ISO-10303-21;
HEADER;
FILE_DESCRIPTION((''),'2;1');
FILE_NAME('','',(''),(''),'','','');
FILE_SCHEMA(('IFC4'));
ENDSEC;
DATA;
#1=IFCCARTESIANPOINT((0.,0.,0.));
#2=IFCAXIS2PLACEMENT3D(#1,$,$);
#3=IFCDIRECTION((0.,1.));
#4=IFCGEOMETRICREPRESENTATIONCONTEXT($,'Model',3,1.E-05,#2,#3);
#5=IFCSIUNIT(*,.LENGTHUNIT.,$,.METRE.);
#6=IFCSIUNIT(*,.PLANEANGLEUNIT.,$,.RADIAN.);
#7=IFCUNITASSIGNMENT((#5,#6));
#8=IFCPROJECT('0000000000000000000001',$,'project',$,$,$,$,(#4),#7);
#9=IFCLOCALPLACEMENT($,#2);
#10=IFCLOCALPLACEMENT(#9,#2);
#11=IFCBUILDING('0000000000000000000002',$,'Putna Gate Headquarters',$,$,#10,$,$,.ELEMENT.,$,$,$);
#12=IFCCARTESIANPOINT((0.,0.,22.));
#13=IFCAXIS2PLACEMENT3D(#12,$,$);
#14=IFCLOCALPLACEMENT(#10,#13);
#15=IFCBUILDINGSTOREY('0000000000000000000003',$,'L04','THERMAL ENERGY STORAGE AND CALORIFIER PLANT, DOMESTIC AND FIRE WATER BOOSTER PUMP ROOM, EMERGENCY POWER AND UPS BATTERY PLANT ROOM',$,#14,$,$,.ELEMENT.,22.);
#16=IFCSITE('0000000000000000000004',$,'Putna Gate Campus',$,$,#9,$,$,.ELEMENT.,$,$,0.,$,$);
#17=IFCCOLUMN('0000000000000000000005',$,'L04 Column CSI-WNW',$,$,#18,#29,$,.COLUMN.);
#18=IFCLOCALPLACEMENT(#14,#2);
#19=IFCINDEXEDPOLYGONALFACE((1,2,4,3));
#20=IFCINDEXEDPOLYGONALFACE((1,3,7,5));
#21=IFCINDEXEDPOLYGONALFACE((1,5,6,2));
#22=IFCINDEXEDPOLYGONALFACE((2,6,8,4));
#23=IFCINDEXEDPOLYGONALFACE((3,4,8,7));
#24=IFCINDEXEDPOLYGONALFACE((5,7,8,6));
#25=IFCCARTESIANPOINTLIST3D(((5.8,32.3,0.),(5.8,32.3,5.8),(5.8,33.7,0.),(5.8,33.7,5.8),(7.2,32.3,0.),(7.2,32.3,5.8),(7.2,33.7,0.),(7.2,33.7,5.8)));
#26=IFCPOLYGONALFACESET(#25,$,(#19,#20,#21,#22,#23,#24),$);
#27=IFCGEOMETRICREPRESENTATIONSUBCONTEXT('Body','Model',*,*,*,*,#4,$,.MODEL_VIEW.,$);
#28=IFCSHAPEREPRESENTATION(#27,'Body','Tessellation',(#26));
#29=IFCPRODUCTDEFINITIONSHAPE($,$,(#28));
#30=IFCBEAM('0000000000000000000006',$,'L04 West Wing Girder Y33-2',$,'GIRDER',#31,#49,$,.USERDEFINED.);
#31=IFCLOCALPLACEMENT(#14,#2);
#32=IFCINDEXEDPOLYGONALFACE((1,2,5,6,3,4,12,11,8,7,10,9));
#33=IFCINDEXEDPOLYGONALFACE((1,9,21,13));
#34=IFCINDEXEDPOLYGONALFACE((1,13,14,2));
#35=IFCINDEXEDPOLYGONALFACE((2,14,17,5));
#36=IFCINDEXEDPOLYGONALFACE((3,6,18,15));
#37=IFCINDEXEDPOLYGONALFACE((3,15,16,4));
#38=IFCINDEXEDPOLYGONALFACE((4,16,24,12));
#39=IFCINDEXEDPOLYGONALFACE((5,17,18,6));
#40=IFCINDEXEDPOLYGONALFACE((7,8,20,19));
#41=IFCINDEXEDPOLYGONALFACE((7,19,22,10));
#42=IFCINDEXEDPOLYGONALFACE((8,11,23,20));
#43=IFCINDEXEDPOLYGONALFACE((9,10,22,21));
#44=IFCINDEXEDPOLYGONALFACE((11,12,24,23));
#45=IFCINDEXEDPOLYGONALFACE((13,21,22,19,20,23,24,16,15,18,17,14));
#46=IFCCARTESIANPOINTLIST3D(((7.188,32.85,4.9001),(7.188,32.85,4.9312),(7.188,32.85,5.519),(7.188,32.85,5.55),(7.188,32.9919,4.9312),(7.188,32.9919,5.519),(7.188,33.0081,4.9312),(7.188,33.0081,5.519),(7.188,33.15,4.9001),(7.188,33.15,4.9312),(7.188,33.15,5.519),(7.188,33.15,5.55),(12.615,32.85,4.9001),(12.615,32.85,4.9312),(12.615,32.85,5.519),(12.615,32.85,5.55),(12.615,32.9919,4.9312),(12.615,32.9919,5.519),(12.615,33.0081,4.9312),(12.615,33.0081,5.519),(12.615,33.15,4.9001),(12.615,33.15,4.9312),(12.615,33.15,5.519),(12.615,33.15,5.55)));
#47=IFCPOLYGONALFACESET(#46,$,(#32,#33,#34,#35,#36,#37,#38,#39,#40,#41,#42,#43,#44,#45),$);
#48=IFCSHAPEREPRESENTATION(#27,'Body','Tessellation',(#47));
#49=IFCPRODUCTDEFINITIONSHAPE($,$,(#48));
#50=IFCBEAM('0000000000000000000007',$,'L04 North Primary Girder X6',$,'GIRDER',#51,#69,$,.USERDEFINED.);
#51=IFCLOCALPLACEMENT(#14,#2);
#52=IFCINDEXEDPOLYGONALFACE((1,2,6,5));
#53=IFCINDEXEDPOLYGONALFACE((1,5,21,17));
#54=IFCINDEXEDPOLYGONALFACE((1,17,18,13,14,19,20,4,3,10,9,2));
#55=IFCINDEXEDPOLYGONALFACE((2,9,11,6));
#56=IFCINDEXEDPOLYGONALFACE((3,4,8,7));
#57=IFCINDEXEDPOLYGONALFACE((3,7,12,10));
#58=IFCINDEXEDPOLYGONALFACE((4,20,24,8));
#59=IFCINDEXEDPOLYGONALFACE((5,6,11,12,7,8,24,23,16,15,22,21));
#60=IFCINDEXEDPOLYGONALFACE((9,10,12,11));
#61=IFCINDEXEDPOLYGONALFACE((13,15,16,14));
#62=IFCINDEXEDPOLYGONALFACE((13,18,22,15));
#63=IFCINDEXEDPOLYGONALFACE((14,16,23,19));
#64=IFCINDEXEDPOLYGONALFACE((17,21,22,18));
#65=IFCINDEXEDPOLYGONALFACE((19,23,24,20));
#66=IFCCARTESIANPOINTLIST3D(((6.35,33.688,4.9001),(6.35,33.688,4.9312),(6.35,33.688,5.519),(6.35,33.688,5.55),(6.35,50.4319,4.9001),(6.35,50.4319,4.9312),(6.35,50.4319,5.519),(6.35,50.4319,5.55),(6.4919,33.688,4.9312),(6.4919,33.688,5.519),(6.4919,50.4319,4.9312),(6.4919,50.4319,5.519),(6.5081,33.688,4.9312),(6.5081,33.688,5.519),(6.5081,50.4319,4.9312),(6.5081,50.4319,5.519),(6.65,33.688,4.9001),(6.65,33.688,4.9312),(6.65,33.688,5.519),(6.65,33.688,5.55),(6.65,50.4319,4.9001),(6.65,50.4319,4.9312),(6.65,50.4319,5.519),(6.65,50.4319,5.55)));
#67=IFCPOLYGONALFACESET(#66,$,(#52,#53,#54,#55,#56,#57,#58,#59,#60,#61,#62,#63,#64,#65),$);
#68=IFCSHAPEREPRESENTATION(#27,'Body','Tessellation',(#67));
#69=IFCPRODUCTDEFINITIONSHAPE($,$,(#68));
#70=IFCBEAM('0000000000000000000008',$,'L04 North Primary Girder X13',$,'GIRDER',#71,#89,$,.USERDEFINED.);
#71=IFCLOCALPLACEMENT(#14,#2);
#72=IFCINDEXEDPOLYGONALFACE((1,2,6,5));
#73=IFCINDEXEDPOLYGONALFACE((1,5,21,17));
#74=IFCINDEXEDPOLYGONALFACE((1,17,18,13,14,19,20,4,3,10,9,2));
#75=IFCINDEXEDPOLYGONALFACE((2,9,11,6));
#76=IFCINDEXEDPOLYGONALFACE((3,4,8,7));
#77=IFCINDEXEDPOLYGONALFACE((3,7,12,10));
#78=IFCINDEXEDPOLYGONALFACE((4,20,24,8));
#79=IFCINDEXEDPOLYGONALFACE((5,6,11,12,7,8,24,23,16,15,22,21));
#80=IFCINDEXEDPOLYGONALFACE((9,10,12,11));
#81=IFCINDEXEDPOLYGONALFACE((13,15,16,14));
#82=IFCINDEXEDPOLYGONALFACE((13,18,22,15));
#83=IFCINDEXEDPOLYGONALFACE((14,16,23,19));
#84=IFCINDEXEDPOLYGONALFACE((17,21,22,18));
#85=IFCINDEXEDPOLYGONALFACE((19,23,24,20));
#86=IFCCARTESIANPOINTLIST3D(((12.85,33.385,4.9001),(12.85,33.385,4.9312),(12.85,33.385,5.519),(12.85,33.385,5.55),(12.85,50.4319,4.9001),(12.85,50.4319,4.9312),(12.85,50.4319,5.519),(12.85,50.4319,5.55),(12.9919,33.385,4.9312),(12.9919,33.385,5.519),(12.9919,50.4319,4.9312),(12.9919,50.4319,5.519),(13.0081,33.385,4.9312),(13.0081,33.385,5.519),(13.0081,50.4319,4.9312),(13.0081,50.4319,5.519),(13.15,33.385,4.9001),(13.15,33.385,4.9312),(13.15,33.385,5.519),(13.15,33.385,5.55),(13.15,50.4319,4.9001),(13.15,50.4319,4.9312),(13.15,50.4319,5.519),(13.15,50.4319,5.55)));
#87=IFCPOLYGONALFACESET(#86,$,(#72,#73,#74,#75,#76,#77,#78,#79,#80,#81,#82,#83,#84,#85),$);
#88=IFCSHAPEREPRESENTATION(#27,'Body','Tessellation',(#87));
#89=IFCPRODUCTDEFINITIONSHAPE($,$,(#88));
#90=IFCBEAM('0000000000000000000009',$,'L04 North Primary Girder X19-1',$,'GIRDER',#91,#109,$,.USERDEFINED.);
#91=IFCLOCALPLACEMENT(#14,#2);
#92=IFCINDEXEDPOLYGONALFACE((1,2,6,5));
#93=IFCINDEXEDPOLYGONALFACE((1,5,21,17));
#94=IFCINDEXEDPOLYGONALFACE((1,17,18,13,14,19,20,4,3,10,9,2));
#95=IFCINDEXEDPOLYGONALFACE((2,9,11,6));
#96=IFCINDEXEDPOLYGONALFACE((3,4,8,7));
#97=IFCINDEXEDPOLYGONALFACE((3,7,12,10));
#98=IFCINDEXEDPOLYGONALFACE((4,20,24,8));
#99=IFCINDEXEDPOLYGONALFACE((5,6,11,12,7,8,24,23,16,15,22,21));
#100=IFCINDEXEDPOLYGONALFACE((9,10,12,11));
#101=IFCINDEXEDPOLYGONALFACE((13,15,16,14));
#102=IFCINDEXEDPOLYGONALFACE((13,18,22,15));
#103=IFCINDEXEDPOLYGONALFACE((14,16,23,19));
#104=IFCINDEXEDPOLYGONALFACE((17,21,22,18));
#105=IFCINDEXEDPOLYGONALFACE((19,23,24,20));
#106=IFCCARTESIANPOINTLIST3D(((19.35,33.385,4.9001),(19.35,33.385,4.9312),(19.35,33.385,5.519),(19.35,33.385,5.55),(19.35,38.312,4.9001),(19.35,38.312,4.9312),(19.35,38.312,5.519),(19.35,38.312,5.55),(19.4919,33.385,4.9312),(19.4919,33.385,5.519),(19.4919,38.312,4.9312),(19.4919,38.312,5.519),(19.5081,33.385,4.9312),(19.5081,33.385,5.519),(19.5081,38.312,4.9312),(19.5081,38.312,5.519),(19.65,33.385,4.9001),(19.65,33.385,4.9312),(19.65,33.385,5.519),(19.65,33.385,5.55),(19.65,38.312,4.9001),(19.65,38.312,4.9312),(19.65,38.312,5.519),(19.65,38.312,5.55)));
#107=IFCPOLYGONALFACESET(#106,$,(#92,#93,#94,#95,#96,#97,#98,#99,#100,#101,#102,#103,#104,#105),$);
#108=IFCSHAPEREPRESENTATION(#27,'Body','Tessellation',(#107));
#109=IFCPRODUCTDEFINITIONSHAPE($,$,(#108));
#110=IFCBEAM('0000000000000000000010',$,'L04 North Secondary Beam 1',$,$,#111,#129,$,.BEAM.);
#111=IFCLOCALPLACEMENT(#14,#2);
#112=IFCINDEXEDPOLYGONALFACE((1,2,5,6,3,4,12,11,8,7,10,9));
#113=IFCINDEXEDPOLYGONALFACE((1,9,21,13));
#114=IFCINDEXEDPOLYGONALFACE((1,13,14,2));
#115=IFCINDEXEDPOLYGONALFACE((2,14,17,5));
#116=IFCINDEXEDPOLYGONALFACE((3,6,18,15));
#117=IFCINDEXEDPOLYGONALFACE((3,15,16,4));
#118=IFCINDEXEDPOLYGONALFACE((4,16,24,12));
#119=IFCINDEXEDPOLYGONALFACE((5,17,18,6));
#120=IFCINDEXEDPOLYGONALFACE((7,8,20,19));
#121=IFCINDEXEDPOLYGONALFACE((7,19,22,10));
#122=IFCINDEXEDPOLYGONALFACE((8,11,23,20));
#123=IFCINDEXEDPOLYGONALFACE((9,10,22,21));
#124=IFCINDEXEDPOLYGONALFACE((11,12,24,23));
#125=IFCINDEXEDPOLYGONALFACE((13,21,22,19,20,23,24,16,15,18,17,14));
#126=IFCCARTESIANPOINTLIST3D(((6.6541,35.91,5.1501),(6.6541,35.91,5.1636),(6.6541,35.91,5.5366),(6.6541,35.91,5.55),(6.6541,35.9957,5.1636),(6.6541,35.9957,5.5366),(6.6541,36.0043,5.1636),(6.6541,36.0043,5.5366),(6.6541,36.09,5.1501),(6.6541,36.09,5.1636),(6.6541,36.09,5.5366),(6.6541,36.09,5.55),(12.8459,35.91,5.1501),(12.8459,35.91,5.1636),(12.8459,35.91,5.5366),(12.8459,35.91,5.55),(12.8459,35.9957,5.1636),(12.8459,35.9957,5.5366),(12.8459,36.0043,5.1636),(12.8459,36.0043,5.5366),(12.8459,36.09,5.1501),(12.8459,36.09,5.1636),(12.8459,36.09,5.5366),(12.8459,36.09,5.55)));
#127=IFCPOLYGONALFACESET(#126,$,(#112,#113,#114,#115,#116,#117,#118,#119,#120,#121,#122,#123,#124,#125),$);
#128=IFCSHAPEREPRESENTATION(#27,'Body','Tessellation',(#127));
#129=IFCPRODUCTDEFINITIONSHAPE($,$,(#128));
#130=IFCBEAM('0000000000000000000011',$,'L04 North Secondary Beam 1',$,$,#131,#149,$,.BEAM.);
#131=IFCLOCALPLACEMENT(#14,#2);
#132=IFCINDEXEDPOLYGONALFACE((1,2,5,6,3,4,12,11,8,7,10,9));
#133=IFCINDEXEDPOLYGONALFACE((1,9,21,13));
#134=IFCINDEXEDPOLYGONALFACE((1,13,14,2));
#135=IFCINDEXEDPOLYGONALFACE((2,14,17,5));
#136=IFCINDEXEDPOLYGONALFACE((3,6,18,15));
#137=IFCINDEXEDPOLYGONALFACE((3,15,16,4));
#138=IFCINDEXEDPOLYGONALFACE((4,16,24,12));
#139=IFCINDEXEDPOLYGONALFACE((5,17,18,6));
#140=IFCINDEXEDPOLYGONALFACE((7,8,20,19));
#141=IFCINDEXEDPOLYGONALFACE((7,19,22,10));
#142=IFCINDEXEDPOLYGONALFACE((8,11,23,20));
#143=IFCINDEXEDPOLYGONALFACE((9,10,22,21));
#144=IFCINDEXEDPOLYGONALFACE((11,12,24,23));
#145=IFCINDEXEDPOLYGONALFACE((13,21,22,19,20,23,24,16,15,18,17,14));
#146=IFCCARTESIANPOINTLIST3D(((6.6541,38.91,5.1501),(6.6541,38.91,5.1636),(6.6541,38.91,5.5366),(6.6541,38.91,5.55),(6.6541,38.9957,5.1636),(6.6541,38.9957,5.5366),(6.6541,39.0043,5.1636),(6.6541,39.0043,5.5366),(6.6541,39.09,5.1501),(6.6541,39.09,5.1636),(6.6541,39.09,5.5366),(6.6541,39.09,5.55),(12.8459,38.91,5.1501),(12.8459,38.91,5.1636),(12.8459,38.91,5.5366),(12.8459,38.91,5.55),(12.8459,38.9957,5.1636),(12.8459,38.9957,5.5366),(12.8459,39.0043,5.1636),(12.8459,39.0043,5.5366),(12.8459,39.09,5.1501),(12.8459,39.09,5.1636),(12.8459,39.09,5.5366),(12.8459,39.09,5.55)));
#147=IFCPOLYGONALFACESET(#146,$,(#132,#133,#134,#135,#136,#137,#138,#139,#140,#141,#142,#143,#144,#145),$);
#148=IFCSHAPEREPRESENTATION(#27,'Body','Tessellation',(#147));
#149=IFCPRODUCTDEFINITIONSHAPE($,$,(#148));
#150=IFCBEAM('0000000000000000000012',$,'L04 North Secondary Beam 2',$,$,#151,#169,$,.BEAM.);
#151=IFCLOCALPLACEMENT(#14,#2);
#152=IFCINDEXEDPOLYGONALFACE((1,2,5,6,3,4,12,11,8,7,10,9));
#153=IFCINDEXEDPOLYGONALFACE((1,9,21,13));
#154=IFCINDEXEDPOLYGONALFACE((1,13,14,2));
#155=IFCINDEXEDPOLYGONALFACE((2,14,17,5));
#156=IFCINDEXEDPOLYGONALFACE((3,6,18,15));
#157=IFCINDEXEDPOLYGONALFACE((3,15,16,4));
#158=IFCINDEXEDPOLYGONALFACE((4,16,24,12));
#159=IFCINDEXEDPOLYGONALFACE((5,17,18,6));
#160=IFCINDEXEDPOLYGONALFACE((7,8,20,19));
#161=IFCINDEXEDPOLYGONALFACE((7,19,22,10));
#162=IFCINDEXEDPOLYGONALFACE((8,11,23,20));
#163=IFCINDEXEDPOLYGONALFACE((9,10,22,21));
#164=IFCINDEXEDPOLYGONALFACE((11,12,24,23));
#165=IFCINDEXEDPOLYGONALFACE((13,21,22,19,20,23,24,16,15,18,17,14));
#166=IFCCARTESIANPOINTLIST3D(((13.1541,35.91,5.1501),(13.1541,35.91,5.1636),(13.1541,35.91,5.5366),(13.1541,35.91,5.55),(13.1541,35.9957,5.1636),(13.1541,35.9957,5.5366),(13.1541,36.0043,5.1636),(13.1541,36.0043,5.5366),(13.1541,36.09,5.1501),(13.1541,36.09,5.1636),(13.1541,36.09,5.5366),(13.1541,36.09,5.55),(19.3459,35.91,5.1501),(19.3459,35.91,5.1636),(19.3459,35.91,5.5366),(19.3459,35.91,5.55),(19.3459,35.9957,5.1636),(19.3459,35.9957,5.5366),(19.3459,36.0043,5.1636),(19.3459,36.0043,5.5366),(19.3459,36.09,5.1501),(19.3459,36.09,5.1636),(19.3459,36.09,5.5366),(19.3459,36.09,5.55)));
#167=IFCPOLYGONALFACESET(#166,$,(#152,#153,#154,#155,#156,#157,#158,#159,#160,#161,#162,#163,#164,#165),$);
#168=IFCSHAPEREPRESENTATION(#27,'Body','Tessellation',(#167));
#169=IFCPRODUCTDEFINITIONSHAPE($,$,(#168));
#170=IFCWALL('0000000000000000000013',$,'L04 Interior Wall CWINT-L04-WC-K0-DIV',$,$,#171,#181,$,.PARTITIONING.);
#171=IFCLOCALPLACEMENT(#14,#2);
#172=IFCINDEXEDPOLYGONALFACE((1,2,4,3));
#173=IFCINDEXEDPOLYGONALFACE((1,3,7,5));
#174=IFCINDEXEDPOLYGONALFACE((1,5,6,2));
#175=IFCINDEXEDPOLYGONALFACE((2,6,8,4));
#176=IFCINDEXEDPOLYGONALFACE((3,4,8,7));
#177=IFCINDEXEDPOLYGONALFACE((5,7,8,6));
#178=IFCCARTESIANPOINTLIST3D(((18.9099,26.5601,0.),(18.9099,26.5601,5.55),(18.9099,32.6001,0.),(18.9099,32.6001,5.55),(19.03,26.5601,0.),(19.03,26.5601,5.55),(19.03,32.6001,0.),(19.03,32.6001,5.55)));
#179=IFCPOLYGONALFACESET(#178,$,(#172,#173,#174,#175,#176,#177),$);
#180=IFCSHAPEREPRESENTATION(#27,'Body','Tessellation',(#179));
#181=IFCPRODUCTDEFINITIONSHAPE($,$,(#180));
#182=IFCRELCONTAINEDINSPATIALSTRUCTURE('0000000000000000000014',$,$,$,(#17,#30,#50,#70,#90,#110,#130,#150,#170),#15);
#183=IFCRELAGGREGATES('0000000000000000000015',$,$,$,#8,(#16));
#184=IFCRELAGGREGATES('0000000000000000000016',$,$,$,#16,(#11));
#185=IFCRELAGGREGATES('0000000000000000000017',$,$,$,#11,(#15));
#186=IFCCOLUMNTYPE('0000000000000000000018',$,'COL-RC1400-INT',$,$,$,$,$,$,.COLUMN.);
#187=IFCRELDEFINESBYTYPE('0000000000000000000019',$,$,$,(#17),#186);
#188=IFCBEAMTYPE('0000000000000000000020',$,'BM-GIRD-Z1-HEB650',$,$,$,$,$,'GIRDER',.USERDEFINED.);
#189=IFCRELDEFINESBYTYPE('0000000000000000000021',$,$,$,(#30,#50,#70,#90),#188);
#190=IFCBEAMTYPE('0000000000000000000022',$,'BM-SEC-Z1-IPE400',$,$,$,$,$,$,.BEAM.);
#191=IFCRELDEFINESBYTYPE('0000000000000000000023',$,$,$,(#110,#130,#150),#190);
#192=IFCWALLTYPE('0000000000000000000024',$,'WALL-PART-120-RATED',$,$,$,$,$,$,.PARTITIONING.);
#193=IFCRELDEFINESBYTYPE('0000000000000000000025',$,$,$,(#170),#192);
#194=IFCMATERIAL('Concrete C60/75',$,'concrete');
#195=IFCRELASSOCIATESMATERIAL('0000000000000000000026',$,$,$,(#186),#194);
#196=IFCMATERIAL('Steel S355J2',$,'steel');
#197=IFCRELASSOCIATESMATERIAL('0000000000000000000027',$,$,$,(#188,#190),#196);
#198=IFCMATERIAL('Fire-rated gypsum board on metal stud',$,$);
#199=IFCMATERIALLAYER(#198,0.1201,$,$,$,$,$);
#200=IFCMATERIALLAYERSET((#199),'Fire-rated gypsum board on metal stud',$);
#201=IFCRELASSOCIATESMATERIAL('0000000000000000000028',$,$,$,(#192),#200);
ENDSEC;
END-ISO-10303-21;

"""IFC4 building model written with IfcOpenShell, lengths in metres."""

from ifc_helpers import new_model, si_unit, direction, frame, frame_2d, origin, origin_2d, place, context, subcontext, project, spatial, rectangle, i_section, extrude, material, layer, layer_set, material_profile, profile_set, type_object, element, save


model = new_model("IFC4")

# Units and contexts
model_context = context("Model", 3, precision=1e-05, world=origin(), true_north=direction((0.0, 1.0)))
body_context = subcontext(model_context, "Body", "Model", "MODEL_VIEW")
ifc_project = project(units=[si_unit("LENGTHUNIT", "METRE"), si_unit("PLANEANGLEUNIT", "RADIAN")], contexts=[model_context])

# Site, building, storey
site_placement = place(None, origin())
site = spatial("IfcSite", under=ifc_project, at=site_placement, Name="Putna Gate Campus", CompositionType="ELEMENT", RefElevation=0.0)
building_placement = place(site_placement, origin())
building = spatial("IfcBuilding", under=site, at=building_placement, Name="Putna Gate Headquarters", CompositionType="ELEMENT")
storey_placement = place(building_placement, frame((0.0, 0.0, 22.0)))
storey = spatial("IfcBuildingStorey", under=building, at=storey_placement, Name="L04", Description="THERMAL ENERGY STORAGE AND CALORIFIER PLANT, DOMESTIC AND FIRE WATER BOOSTER PUMP ROOM, EMERGENCY POWER AND UPS BATTERY PLANT ROOM", CompositionType="ELEMENT", Elevation=22.0)

# Column
ifc_material_1 = material(Name="Concrete C60/75", Category="concrete")
ifc_material_profile_1 = material_profile(ifc_material_1, rectangle(XDim=1.3999, YDim=1.3999, at=origin_2d()), Name="Concrete C60/75")
ifc_profile_set_1 = profile_set([ifc_material_profile_1], Name="Concrete C60/75")
column_type = type_object("IfcColumnType", Name="COL-RC1400-INT", PredefinedType="COLUMN", material=ifc_profile_set_1)
column_placement = place(storey_placement, frame((6.5, 33.0, 0.0), z_axis=(0.0, 0.0, 1.0), x_axis=(1.0, 0.0, 0.0)))
element("IfcColumn", 1, at=column_placement, inside=storey, type_object=column_type, Name="L04 Column CSI-WNW", PredefinedType="COLUMN", context=body_context, shape_type="SweptSolid", body=[
    extrude(rectangle(XDim=1.3999, YDim=1.3999, at=origin_2d()), origin(), (0.0, 0.0, 1.0), 5.8),
])

# Beams
ifc_material_2 = material(Name="Steel S355J2", Category="steel")
ifc_material_profile_2 = material_profile(ifc_material_2, i_section(OverallWidth=0.3, OverallDepth=0.6499, WebThickness=0.0161, FlangeThickness=0.031, at=origin_2d()), Name="Steel S355J2")
ifc_profile_set_2 = profile_set([ifc_material_profile_2], Name="Steel S355J2")
beam_type_1 = type_object("IfcBeamType", Name="BM-GIRD-Z1-HEB650", ElementType="GIRDER", PredefinedType="USERDEFINED", material=ifc_profile_set_2)
beam_1_placement = place(storey_placement, frame((7.188, 33.0, 5.2251), z_axis=(1.0, 0.0, 0.0), x_axis=(0.0, 1.0, 0.0)))
element("IfcBeam", 2, at=beam_1_placement, inside=storey, type_object=beam_type_1, Name="L04 West Wing Girder Y33-2", ObjectType="GIRDER", PredefinedType="USERDEFINED", context=body_context, shape_type="SweptSolid", body=[
    extrude(i_section(OverallWidth=0.3, OverallDepth=0.6499, WebThickness=0.0161, FlangeThickness=0.031, at=origin_2d()), origin(), (0.0, 0.0, 1.0), 5.427),
])
beam_2_placement = place(storey_placement, frame((6.5, 33.688, 5.2251), z_axis=(0.0, 1.0, 0.0), x_axis=(-1.0, 0.0, 0.0)))
element("IfcBeam", 3, at=beam_2_placement, inside=storey, type_object=beam_type_1, Name="L04 North Primary Girder X6", ObjectType="GIRDER", PredefinedType="USERDEFINED", context=body_context, shape_type="SweptSolid", body=[
    extrude(i_section(OverallWidth=0.3, OverallDepth=0.6499, WebThickness=0.0161, FlangeThickness=0.031, at=origin_2d()), origin(), (0.0, 0.0, 1.0), 16.7439),
])
beam_3_placement = place(storey_placement, frame((13.0, 33.385, 5.2251), z_axis=(0.0, 1.0, 0.0), x_axis=(-1.0, 0.0, 0.0)))
element("IfcBeam", 4, at=beam_3_placement, inside=storey, type_object=beam_type_1, Name="L04 North Primary Girder X13", ObjectType="GIRDER", PredefinedType="USERDEFINED", context=body_context, shape_type="SweptSolid", body=[
    extrude(i_section(OverallWidth=0.3, OverallDepth=0.6499, WebThickness=0.0161, FlangeThickness=0.031, at=origin_2d()), origin(), (0.0, 0.0, 1.0), 17.0469),
])
beam_4_placement = place(storey_placement, frame((19.5, 33.385, 5.2251), z_axis=(0.0, 1.0, 0.0), x_axis=(-1.0, 0.0, 0.0)))
element("IfcBeam", 5, at=beam_4_placement, inside=storey, type_object=beam_type_1, Name="L04 North Primary Girder X19-1", ObjectType="GIRDER", PredefinedType="USERDEFINED", context=body_context, shape_type="SweptSolid", body=[
    extrude(i_section(OverallWidth=0.3, OverallDepth=0.6499, WebThickness=0.0161, FlangeThickness=0.031, at=origin_2d()), origin(), (0.0, 0.0, 1.0), 4.927),
])
ifc_material_profile_3 = material_profile(ifc_material_2, i_section(OverallWidth=0.1799, OverallDepth=0.3999, WebThickness=0.0085, FlangeThickness=0.0134, at=origin_2d()), Name="Steel S355J2")
ifc_profile_set_3 = profile_set([ifc_material_profile_3], Name="Steel S355J2")
beam_type_2 = type_object("IfcBeamType", Name="BM-SEC-Z1-IPE400", PredefinedType="BEAM", material=ifc_profile_set_3)
for number, where, z_axis, x_axis, name in (
    (6, (6.6541, 36.0, 5.3501), (1.0, 0.0, 0.0), (0.0, 1.0, 0.0), "L04 North Secondary Beam 1"),
    (7, (6.6541, 39.0, 5.3501), (1.0, 0.0, 0.0), (0.0, 1.0, 0.0), "L04 North Secondary Beam 1"),
    (8, (13.1541, 36.0, 5.3501), (1.0, 0.0, 0.0), (0.0, 1.0, 0.0), "L04 North Secondary Beam 2"),
):
    element("IfcBeam", number, at=place(storey_placement, frame(where, z_axis=z_axis, x_axis=x_axis)), inside=storey, type_object=beam_type_2, Name=name, PredefinedType="BEAM", context=body_context, shape_type="SweptSolid", body=[
        extrude(i_section(OverallWidth=0.1799, OverallDepth=0.3999, WebThickness=0.0085, FlangeThickness=0.0134, at=origin_2d()), origin(), (0.0, 0.0, 1.0), 6.1919),
    ])

# Wall
ifc_material_3 = material(Name="Fire-rated gypsum board on metal stud")
ifc_layer_1 = layer(ifc_material_3, 0.1201)
ifc_layer_set_1 = layer_set([ifc_layer_1], Name="Fire-rated gypsum board on metal stud")
wall_type_1 = type_object("IfcWallType", Name="WALL-PART-120-RATED", PredefinedType="PARTITIONING", material=ifc_layer_set_1)
wall_1_placement = place(storey_placement, frame((18.97, 26.5601, 0.0), z_axis=(0.0, 0.0, 1.0), x_axis=(0.0, 1.0, 0.0)))
element("IfcWall", 9, at=wall_1_placement, inside=storey, type_object=wall_type_1, Name="L04 Interior Wall CWINT-L04-WC-K0-DIV", PredefinedType="PARTITIONING", context=body_context, shape_type="SweptSolid", body=[
    extrude(rectangle(XDim=6.04, YDim=0.1201, at=frame_2d((3.02, 0.0))), origin(), (0.0, 0.0, 1.0), 5.55),
])

save(model, "model.ifc")
